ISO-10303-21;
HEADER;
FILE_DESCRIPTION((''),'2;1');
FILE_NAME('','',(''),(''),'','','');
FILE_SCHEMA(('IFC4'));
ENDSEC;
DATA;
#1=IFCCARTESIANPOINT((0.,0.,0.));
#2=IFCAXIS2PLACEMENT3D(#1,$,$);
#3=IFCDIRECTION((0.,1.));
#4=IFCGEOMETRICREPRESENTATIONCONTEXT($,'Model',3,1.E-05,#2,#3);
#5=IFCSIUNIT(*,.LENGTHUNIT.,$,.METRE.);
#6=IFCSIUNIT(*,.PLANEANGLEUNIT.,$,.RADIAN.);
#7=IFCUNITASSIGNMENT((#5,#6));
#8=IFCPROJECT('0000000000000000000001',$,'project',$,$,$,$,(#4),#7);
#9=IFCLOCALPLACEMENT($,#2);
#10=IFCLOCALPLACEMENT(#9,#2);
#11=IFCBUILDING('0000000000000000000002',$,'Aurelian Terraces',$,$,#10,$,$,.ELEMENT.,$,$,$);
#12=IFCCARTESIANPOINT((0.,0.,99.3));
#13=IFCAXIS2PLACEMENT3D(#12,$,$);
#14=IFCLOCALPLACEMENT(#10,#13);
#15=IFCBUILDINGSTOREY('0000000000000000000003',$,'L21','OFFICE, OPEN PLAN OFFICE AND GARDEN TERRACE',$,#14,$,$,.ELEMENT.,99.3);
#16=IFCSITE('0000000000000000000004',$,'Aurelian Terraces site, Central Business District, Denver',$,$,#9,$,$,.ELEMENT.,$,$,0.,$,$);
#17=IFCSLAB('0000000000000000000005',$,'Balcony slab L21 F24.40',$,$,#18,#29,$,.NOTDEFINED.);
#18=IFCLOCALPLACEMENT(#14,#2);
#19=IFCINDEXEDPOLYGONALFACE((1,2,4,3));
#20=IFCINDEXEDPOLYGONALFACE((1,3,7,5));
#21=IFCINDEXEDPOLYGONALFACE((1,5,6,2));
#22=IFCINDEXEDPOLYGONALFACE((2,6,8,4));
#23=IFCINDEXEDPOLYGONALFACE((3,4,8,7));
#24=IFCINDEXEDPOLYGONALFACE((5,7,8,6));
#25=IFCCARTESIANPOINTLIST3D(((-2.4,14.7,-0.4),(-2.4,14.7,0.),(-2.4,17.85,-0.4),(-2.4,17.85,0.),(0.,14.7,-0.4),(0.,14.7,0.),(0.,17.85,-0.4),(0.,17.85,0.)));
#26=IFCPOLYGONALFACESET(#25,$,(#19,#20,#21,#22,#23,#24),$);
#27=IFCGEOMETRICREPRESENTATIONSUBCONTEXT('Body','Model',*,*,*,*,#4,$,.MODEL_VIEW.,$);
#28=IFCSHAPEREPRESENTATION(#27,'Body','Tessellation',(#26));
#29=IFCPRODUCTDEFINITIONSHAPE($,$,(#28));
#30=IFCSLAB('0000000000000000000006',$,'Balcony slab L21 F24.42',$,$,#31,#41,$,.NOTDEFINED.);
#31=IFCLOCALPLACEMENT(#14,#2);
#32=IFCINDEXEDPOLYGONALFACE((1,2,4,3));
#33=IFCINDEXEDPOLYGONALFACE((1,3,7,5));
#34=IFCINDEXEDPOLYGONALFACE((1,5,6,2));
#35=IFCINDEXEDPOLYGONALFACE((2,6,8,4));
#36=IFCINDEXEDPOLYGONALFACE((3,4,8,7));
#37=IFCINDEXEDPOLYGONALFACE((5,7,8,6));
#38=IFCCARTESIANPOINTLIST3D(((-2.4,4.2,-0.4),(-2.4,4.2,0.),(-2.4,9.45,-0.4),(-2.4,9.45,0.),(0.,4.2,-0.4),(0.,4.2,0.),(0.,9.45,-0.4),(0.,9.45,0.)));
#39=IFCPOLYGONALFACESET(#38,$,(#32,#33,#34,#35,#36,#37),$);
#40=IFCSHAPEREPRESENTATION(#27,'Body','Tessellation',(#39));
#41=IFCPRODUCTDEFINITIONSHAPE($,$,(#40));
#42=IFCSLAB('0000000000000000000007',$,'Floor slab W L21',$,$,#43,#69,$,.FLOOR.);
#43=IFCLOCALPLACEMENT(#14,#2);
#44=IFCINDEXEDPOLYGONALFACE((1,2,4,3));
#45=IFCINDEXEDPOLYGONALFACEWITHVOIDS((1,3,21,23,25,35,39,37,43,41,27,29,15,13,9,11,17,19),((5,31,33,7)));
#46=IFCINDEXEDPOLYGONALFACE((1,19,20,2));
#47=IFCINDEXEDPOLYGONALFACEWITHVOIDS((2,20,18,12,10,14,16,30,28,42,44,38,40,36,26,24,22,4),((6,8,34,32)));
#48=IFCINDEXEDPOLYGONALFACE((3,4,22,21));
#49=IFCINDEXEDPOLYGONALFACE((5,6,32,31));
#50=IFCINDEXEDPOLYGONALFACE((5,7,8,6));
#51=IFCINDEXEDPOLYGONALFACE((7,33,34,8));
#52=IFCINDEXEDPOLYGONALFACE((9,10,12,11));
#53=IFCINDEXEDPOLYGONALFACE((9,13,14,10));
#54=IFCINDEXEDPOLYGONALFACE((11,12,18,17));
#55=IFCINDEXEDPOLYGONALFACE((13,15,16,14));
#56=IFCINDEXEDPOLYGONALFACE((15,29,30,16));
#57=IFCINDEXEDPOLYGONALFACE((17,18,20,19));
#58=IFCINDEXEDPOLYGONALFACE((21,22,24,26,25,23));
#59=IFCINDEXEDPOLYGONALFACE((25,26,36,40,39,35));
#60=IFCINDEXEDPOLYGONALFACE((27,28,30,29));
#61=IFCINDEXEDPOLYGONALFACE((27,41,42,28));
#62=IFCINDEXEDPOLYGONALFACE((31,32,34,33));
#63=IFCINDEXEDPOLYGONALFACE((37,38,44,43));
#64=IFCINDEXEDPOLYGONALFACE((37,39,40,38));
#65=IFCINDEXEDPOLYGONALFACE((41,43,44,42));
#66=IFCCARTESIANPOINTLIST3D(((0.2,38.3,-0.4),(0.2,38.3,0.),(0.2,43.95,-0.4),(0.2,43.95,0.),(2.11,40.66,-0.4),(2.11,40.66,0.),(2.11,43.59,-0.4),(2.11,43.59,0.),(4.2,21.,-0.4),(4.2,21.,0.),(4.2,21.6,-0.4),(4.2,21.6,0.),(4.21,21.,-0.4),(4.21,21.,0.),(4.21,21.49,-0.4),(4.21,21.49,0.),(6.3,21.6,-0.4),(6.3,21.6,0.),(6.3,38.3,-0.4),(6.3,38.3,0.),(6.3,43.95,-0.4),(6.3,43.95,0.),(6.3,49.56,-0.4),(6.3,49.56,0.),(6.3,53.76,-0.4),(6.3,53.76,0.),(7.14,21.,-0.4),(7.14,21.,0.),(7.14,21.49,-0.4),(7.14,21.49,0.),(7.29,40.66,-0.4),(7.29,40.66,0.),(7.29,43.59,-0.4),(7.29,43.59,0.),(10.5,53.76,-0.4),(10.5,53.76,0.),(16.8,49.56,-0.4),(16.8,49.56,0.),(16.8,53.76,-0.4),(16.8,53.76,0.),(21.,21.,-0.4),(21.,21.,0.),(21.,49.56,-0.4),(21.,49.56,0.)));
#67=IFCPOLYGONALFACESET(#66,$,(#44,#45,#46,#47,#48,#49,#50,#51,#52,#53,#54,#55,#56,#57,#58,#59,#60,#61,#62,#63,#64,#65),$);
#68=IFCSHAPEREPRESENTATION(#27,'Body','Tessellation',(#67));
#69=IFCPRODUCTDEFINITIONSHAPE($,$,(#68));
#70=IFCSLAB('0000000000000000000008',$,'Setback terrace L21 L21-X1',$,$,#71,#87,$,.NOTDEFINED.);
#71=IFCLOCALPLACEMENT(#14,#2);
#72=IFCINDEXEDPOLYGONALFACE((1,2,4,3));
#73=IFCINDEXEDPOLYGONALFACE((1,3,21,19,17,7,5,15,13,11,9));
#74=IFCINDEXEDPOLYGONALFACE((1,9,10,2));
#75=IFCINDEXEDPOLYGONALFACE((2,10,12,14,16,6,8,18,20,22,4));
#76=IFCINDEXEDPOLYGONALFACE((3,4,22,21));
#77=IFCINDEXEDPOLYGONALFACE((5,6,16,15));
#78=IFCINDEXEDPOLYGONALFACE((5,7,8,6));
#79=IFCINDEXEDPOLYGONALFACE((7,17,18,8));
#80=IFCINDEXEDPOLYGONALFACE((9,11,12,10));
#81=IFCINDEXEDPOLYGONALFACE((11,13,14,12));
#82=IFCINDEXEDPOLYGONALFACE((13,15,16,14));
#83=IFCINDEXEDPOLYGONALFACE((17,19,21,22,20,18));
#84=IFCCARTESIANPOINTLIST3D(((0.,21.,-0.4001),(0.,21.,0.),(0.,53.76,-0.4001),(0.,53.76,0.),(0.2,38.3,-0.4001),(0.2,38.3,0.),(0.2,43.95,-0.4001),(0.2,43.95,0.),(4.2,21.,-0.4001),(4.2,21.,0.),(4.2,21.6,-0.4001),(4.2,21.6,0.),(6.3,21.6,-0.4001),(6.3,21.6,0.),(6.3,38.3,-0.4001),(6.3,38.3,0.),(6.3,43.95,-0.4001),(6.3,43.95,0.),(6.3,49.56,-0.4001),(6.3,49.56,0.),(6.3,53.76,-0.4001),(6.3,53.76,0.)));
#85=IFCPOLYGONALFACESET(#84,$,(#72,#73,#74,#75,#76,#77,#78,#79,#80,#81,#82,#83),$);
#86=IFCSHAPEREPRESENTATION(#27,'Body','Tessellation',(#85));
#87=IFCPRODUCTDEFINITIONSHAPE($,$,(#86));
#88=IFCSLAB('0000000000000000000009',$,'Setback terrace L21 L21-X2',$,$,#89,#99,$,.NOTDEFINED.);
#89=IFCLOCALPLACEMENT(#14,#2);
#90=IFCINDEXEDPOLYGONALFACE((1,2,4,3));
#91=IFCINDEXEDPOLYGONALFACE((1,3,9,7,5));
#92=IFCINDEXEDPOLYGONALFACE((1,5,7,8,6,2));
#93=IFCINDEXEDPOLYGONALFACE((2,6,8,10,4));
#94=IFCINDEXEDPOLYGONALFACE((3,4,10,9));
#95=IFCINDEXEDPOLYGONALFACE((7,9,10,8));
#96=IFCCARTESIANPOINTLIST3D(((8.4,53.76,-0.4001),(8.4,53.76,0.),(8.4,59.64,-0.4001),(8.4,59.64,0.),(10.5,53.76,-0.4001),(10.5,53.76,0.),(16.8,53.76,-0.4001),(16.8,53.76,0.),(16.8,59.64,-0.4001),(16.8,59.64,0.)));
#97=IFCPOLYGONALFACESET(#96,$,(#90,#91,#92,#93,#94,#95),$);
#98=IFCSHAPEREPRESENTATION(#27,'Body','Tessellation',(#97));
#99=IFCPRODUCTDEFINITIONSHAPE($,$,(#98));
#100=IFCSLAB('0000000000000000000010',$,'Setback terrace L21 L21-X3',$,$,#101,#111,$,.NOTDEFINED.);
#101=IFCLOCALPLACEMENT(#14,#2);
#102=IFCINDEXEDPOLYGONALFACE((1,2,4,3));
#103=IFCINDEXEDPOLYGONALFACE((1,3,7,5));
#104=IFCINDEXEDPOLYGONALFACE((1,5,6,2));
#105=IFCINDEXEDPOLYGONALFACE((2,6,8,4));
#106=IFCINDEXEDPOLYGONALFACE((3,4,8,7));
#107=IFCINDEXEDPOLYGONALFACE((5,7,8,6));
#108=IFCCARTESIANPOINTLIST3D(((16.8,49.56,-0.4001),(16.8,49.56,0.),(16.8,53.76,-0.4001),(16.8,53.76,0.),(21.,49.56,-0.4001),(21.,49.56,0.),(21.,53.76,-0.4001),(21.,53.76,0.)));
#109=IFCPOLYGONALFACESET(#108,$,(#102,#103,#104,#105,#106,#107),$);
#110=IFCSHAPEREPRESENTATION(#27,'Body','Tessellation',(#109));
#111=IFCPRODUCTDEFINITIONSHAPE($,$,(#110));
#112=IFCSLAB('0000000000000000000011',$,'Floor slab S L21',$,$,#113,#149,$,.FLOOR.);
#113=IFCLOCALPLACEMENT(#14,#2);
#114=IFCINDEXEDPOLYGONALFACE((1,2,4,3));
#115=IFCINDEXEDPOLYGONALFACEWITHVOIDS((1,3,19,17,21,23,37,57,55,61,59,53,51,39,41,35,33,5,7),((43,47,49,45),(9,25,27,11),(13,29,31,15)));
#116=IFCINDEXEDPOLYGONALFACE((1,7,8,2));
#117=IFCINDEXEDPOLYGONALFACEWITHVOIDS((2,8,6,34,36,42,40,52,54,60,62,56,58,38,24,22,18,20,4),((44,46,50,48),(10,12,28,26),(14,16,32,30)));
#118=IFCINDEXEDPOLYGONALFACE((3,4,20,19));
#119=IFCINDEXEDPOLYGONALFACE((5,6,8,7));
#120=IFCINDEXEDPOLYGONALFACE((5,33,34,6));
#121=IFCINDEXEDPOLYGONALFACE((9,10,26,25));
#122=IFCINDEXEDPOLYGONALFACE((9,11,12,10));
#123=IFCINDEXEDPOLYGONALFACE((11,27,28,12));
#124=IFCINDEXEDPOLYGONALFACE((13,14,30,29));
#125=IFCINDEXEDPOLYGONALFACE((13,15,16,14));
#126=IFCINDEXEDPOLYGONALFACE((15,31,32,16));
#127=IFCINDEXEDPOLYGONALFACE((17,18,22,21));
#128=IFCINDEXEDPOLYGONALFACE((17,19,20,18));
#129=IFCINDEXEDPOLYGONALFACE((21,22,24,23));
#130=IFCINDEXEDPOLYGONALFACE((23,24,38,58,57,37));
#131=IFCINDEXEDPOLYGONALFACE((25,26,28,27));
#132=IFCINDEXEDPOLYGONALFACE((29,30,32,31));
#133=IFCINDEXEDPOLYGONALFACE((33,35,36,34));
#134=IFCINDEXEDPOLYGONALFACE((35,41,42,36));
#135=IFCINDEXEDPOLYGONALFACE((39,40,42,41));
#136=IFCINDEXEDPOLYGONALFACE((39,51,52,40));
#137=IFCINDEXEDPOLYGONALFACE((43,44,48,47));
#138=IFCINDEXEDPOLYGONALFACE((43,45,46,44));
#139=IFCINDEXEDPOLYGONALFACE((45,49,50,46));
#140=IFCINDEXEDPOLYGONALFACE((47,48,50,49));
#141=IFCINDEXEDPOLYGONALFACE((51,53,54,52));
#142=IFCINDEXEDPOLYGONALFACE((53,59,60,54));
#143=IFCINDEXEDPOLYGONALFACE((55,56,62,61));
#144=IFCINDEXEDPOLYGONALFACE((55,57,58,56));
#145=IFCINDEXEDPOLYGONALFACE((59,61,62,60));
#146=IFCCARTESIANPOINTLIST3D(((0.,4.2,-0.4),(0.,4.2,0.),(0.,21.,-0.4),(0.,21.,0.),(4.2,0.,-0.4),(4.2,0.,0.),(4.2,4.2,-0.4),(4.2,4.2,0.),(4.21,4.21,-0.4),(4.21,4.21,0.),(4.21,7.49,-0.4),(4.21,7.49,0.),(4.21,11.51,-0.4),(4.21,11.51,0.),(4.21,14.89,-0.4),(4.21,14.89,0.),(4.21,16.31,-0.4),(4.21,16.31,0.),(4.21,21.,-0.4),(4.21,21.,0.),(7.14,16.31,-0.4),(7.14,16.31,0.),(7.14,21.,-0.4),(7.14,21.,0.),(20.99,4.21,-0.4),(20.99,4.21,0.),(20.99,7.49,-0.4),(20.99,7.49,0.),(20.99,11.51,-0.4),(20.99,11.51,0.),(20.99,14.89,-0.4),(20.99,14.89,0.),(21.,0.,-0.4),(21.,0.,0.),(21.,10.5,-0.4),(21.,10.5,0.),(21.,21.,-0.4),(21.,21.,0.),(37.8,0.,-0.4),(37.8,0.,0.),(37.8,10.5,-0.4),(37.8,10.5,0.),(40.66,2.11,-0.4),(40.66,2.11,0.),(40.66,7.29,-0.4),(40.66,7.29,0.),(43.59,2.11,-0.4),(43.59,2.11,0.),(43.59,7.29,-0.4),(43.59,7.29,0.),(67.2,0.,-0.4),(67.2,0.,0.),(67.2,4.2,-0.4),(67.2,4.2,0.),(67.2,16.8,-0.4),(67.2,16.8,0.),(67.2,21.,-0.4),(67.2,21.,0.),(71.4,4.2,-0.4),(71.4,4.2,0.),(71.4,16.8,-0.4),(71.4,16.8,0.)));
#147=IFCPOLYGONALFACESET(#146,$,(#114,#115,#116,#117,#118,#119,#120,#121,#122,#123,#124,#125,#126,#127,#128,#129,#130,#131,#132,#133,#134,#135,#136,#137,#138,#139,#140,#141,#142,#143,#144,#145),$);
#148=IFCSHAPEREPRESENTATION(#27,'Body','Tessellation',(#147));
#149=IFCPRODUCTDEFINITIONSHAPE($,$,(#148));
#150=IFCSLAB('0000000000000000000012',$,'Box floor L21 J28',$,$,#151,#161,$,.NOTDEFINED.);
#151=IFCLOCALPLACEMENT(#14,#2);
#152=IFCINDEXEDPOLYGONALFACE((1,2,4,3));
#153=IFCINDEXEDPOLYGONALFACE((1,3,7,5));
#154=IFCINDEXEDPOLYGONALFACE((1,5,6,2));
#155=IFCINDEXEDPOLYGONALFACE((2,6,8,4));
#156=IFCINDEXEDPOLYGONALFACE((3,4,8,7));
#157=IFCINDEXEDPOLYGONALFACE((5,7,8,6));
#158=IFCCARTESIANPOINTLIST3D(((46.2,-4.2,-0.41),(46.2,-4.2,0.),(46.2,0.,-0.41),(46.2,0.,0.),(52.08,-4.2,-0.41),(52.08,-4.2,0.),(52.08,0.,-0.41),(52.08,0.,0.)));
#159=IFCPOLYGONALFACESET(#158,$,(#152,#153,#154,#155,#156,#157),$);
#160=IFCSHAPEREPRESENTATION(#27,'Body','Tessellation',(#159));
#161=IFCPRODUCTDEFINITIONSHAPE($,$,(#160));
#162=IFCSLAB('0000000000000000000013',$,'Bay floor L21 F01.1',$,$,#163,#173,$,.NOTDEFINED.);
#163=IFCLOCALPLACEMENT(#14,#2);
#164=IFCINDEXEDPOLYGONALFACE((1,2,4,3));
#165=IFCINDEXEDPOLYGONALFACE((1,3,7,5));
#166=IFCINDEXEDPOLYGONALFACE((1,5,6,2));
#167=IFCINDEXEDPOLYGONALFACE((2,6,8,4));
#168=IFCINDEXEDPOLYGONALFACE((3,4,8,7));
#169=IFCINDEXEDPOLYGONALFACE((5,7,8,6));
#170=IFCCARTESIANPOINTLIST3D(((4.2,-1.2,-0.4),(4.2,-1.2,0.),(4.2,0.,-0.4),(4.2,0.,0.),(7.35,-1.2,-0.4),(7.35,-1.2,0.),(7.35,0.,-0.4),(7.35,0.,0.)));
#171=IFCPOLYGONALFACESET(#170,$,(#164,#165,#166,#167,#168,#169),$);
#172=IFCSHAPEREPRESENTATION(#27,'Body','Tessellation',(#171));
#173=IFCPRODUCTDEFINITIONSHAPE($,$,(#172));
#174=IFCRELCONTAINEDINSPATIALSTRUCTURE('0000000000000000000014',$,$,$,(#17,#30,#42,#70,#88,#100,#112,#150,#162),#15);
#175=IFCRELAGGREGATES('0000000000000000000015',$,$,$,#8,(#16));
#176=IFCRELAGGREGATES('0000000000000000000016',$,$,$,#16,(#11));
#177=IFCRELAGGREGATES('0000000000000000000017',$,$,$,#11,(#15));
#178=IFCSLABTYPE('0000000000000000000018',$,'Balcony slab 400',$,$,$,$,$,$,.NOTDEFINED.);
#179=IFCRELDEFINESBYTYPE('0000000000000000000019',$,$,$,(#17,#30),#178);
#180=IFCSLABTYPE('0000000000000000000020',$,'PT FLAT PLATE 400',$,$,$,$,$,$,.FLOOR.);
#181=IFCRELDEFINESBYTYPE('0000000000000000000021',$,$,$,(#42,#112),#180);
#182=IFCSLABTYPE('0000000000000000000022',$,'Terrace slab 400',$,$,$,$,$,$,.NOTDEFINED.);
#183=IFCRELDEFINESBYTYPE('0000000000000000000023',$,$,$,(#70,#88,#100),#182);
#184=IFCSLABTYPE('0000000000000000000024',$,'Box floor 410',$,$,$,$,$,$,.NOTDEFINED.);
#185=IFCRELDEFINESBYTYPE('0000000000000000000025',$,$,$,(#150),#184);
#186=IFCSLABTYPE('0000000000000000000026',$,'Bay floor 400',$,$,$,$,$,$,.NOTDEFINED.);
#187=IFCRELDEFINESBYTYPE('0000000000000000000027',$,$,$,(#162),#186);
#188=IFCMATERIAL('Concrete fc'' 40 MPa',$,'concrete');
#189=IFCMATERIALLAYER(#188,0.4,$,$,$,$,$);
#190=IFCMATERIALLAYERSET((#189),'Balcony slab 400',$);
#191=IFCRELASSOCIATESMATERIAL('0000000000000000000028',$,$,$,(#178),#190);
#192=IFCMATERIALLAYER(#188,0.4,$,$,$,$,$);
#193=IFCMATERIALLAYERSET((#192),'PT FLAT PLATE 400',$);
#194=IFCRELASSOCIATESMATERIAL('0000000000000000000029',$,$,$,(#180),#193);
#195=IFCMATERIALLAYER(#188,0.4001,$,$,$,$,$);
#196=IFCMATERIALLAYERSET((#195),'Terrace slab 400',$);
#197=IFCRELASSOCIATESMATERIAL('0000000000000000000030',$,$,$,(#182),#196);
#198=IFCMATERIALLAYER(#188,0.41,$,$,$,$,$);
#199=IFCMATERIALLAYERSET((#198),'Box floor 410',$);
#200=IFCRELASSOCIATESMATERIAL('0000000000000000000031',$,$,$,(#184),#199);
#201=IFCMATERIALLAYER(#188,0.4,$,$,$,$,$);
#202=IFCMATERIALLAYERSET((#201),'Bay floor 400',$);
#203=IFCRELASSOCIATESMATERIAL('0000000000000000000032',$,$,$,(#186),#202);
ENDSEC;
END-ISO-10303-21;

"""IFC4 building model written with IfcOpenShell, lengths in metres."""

from ifc_helpers import new_model, si_unit, direction, frame, origin, place, context, subcontext, project, spatial, polyline, outline, extrude, source, transform, mapped, material, layer, layer_set, type_object, element, save


model = new_model("IFC4")

# Units and contexts
model_context = context("Model", 3, precision=1e-05, world=origin(), true_north=direction((0.0, 1.0)))
body_context = subcontext(model_context, "Body", "Model", "MODEL_VIEW")
ifc_project = project(units=[si_unit("LENGTHUNIT", "METRE"), si_unit("PLANEANGLEUNIT", "RADIAN")], contexts=[model_context])

# Site, building, storey
site_placement = place(None, origin())
site = spatial("IfcSite", under=ifc_project, at=site_placement, Name="Aurelian Terraces site, Central Business District, Denver", CompositionType="ELEMENT", RefElevation=0.0)
building_placement = place(site_placement, origin())
building = spatial("IfcBuilding", under=site, at=building_placement, Name="Aurelian Terraces", CompositionType="ELEMENT")
storey_placement = place(building_placement, frame((0.0, 0.0, 99.3)))
storey = spatial("IfcBuildingStorey", under=building, at=storey_placement, Name="L21", Description="OFFICE, OPEN PLAN OFFICE AND GARDEN TERRACE", CompositionType="ELEMENT", Elevation=99.3)

# Slabs
ifc_material_1 = material(Name="Concrete fc' 40 MPa", Category="concrete")
ifc_layer_1 = layer(ifc_material_1, 0.4)
ifc_layer_set_1 = layer_set([ifc_layer_1], Name="Balcony slab 400")
slab_type_1 = type_object("IfcSlabType", Name="Balcony slab 400", PredefinedType="NOTDEFINED", material=ifc_layer_set_1)
slab_1_placement = place(storey_placement, frame((0.0, 0.0, -0.4)))
element("IfcSlab", 1, at=slab_1_placement, inside=storey, type_object=slab_type_1, Name="Balcony slab L21 F24.40", PredefinedType="NOTDEFINED", context=body_context, shape_type="SweptSolid", body=[
    extrude(outline(polyline([(0.0, 17.85), (0.0, 14.7), (-2.4, 14.7), (-2.4, 17.85), (0.0, 17.85)])), origin(), (0.0, 0.0, 1.0), 0.4),
])
slab_2_placement = place(storey_placement, frame((0.0, 0.0, -0.4)))
element("IfcSlab", 2, at=slab_2_placement, inside=storey, type_object=slab_type_1, Name="Balcony slab L21 F24.42", PredefinedType="NOTDEFINED", context=body_context, shape_type="SweptSolid", body=[
    extrude(outline(polyline([(0.0, 9.45), (0.0, 4.2), (-2.4, 4.2), (-2.4, 9.45), (0.0, 9.45)])), origin(), (0.0, 0.0, 1.0), 0.4),
])
ifc_layer_2 = layer(ifc_material_1, 0.4)
ifc_layer_set_2 = layer_set([ifc_layer_2], Name="PT FLAT PLATE 400")
slab_type_2 = type_object("IfcSlabType", Name="PT FLAT PLATE 400", PredefinedType="FLOOR", material=ifc_layer_set_2)
slab_3_placement = place(storey_placement, frame((0.0, 0.0, -0.4)))
element("IfcSlab", 3, at=slab_3_placement, inside=storey, type_object=slab_type_2, Name="Floor slab W L21", PredefinedType="FLOOR", context=body_context, shape_type="SweptSolid", body=[
    extrude(outline(polyline([(0.2, 43.95), (6.3, 43.95), (6.3, 49.56), (6.3, 53.76), (10.5, 53.76), (16.8, 53.76), (16.8, 49.56), (21.0, 49.56), (21.0, 21.0), (7.14, 21.0), (7.14, 21.49), (4.21, 21.49), (4.21, 21.0), (4.2, 21.0), (4.2, 21.6), (6.3, 21.6), (6.3, 38.3), (0.2, 38.3), (0.2, 43.95)]), holes=[polyline([(7.29, 43.59), (2.11, 43.59), (2.11, 40.66), (7.29, 40.66), (7.29, 43.59)])]), origin(), (0.0, 0.0, 1.0), 0.4),
])
ifc_layer_3 = layer(ifc_material_1, 0.4001)
ifc_layer_set_3 = layer_set([ifc_layer_3], Name="Terrace slab 400")
slab_type_3 = type_object("IfcSlabType", Name="Terrace slab 400", PredefinedType="NOTDEFINED", material=ifc_layer_set_3)
slab_4_placement = place(storey_placement, frame((0.0, 0.0, -0.4001)))
element("IfcSlab", 4, at=slab_4_placement, inside=storey, type_object=slab_type_3, Name="Setback terrace L21 L21-X1", PredefinedType="NOTDEFINED", context=body_context, shape_type="SweptSolid", body=[
    extrude(outline(polyline([(0.0, 53.76), (6.3, 53.76), (6.3, 49.56), (6.3, 43.95), (0.2, 43.95), (0.2, 38.3), (6.3, 38.3), (6.3, 21.6), (4.2, 21.6), (4.2, 21.0), (0.0, 21.0), (0.0, 53.76)])), origin(), (0.0, 0.0, 1.0), 0.4001),
])
slab_5_placement = place(storey_placement, frame((0.0, 0.0, -0.4001)))
element("IfcSlab", 5, at=slab_5_placement, inside=storey, type_object=slab_type_3, Name="Setback terrace L21 L21-X2", PredefinedType="NOTDEFINED", context=body_context, shape_type="SweptSolid", body=[
    extrude(outline(polyline([(8.4, 59.64), (16.8, 59.64), (16.8, 53.76), (10.5, 53.76), (8.4, 53.76), (8.4, 59.64)])), origin(), (0.0, 0.0, 1.0), 0.4001),
])
slab_6_placement = place(storey_placement, frame((0.0, 0.0, -0.4001)))
element("IfcSlab", 6, at=slab_6_placement, inside=storey, type_object=slab_type_3, Name="Setback terrace L21 L21-X3", PredefinedType="NOTDEFINED", context=body_context, shape_type="SweptSolid", body=[
    extrude(outline(polyline([(21.0, 53.76), (21.0, 49.56), (16.8, 49.56), (16.8, 53.76), (21.0, 53.76)])), origin(), (0.0, 0.0, 1.0), 0.4001),
])
shared_shape_1 = source(origin(), body_context, "Body", "SweptSolid", [
    extrude(outline(polyline([(71.4, 16.8), (71.4, 4.2), (67.2, 4.2), (67.2, 0.0), (37.8, 0.0), (37.8, 10.5), (21.0, 10.5), (21.0, 0.0), (4.2, 0.0), (4.2, 4.2), (0.0, 4.2), (0.0, 21.0), (4.21, 21.0), (4.21, 16.31), (7.14, 16.31), (7.14, 21.0), (21.0, 21.0), (67.2, 21.0), (67.2, 16.8), (71.4, 16.8)]), holes=[polyline([(40.66, 2.11), (43.59, 2.11), (43.59, 7.29), (40.66, 7.29), (40.66, 2.11)]), polyline([(4.21, 7.49), (4.21, 4.21), (20.99, 4.21), (20.99, 7.49), (4.21, 7.49)]), polyline([(4.21, 14.89), (4.21, 11.51), (20.99, 11.51), (20.99, 14.89), (4.21, 14.89)])]), origin(), (0.0, 0.0, 1.0), 0.4),
])
slab_7_placement = place(storey_placement, frame((0.0, 0.0, -0.4)))
element("IfcSlab", 7, at=slab_7_placement, inside=storey, type_object=slab_type_2, Name="Floor slab S L21", PredefinedType="FLOOR", context=body_context, shape_type="MappedRepresentation", body=[
    mapped(shared_shape_1, transform((0.0, 0.0, 0.0), scale=1.0)),
])
ifc_layer_4 = layer(ifc_material_1, 0.41)
ifc_layer_set_4 = layer_set([ifc_layer_4], Name="Box floor 410")
slab_type_4 = type_object("IfcSlabType", Name="Box floor 410", PredefinedType="NOTDEFINED", material=ifc_layer_set_4)
shared_shape_2 = source(origin(), body_context, "Body", "SweptSolid", [
    extrude(outline(polyline([(46.2, -4.2), (52.08, -4.2), (52.08, 0.0), (46.2, 0.0), (46.2, -4.2)])), origin(), (0.0, 0.0, 1.0), 0.41),
])
slab_8_placement = place(storey_placement, frame((0.0, 0.0, -0.41)))
element("IfcSlab", 8, at=slab_8_placement, inside=storey, type_object=slab_type_4, Name="Box floor L21 J28", PredefinedType="NOTDEFINED", context=body_context, shape_type="MappedRepresentation", body=[
    mapped(shared_shape_2, transform((0.0, 0.0, 0.0), scale=1.0)),
])
ifc_layer_5 = layer(ifc_material_1, 0.4)
ifc_layer_set_5 = layer_set([ifc_layer_5], Name="Bay floor 400")
slab_type_5 = type_object("IfcSlabType", Name="Bay floor 400", PredefinedType="NOTDEFINED", material=ifc_layer_set_5)
shared_shape_3 = source(origin(), body_context, "Body", "SweptSolid", [
    extrude(outline(polyline([(4.2, 0.0), (7.35, 0.0), (7.35, -1.2), (4.2, -1.2), (4.2, 0.0)])), origin(), (0.0, 0.0, 1.0), 0.4),
])
slab_9_placement = place(storey_placement, frame((0.0, 0.0, -0.4)))
element("IfcSlab", 9, at=slab_9_placement, inside=storey, type_object=slab_type_5, Name="Bay floor L21 F01.1", PredefinedType="NOTDEFINED", context=body_context, shape_type="MappedRepresentation", body=[
    mapped(shared_shape_3, transform((0.0, 0.0, 0.0), scale=1.0)),
])

save(model, "model.ifc")
